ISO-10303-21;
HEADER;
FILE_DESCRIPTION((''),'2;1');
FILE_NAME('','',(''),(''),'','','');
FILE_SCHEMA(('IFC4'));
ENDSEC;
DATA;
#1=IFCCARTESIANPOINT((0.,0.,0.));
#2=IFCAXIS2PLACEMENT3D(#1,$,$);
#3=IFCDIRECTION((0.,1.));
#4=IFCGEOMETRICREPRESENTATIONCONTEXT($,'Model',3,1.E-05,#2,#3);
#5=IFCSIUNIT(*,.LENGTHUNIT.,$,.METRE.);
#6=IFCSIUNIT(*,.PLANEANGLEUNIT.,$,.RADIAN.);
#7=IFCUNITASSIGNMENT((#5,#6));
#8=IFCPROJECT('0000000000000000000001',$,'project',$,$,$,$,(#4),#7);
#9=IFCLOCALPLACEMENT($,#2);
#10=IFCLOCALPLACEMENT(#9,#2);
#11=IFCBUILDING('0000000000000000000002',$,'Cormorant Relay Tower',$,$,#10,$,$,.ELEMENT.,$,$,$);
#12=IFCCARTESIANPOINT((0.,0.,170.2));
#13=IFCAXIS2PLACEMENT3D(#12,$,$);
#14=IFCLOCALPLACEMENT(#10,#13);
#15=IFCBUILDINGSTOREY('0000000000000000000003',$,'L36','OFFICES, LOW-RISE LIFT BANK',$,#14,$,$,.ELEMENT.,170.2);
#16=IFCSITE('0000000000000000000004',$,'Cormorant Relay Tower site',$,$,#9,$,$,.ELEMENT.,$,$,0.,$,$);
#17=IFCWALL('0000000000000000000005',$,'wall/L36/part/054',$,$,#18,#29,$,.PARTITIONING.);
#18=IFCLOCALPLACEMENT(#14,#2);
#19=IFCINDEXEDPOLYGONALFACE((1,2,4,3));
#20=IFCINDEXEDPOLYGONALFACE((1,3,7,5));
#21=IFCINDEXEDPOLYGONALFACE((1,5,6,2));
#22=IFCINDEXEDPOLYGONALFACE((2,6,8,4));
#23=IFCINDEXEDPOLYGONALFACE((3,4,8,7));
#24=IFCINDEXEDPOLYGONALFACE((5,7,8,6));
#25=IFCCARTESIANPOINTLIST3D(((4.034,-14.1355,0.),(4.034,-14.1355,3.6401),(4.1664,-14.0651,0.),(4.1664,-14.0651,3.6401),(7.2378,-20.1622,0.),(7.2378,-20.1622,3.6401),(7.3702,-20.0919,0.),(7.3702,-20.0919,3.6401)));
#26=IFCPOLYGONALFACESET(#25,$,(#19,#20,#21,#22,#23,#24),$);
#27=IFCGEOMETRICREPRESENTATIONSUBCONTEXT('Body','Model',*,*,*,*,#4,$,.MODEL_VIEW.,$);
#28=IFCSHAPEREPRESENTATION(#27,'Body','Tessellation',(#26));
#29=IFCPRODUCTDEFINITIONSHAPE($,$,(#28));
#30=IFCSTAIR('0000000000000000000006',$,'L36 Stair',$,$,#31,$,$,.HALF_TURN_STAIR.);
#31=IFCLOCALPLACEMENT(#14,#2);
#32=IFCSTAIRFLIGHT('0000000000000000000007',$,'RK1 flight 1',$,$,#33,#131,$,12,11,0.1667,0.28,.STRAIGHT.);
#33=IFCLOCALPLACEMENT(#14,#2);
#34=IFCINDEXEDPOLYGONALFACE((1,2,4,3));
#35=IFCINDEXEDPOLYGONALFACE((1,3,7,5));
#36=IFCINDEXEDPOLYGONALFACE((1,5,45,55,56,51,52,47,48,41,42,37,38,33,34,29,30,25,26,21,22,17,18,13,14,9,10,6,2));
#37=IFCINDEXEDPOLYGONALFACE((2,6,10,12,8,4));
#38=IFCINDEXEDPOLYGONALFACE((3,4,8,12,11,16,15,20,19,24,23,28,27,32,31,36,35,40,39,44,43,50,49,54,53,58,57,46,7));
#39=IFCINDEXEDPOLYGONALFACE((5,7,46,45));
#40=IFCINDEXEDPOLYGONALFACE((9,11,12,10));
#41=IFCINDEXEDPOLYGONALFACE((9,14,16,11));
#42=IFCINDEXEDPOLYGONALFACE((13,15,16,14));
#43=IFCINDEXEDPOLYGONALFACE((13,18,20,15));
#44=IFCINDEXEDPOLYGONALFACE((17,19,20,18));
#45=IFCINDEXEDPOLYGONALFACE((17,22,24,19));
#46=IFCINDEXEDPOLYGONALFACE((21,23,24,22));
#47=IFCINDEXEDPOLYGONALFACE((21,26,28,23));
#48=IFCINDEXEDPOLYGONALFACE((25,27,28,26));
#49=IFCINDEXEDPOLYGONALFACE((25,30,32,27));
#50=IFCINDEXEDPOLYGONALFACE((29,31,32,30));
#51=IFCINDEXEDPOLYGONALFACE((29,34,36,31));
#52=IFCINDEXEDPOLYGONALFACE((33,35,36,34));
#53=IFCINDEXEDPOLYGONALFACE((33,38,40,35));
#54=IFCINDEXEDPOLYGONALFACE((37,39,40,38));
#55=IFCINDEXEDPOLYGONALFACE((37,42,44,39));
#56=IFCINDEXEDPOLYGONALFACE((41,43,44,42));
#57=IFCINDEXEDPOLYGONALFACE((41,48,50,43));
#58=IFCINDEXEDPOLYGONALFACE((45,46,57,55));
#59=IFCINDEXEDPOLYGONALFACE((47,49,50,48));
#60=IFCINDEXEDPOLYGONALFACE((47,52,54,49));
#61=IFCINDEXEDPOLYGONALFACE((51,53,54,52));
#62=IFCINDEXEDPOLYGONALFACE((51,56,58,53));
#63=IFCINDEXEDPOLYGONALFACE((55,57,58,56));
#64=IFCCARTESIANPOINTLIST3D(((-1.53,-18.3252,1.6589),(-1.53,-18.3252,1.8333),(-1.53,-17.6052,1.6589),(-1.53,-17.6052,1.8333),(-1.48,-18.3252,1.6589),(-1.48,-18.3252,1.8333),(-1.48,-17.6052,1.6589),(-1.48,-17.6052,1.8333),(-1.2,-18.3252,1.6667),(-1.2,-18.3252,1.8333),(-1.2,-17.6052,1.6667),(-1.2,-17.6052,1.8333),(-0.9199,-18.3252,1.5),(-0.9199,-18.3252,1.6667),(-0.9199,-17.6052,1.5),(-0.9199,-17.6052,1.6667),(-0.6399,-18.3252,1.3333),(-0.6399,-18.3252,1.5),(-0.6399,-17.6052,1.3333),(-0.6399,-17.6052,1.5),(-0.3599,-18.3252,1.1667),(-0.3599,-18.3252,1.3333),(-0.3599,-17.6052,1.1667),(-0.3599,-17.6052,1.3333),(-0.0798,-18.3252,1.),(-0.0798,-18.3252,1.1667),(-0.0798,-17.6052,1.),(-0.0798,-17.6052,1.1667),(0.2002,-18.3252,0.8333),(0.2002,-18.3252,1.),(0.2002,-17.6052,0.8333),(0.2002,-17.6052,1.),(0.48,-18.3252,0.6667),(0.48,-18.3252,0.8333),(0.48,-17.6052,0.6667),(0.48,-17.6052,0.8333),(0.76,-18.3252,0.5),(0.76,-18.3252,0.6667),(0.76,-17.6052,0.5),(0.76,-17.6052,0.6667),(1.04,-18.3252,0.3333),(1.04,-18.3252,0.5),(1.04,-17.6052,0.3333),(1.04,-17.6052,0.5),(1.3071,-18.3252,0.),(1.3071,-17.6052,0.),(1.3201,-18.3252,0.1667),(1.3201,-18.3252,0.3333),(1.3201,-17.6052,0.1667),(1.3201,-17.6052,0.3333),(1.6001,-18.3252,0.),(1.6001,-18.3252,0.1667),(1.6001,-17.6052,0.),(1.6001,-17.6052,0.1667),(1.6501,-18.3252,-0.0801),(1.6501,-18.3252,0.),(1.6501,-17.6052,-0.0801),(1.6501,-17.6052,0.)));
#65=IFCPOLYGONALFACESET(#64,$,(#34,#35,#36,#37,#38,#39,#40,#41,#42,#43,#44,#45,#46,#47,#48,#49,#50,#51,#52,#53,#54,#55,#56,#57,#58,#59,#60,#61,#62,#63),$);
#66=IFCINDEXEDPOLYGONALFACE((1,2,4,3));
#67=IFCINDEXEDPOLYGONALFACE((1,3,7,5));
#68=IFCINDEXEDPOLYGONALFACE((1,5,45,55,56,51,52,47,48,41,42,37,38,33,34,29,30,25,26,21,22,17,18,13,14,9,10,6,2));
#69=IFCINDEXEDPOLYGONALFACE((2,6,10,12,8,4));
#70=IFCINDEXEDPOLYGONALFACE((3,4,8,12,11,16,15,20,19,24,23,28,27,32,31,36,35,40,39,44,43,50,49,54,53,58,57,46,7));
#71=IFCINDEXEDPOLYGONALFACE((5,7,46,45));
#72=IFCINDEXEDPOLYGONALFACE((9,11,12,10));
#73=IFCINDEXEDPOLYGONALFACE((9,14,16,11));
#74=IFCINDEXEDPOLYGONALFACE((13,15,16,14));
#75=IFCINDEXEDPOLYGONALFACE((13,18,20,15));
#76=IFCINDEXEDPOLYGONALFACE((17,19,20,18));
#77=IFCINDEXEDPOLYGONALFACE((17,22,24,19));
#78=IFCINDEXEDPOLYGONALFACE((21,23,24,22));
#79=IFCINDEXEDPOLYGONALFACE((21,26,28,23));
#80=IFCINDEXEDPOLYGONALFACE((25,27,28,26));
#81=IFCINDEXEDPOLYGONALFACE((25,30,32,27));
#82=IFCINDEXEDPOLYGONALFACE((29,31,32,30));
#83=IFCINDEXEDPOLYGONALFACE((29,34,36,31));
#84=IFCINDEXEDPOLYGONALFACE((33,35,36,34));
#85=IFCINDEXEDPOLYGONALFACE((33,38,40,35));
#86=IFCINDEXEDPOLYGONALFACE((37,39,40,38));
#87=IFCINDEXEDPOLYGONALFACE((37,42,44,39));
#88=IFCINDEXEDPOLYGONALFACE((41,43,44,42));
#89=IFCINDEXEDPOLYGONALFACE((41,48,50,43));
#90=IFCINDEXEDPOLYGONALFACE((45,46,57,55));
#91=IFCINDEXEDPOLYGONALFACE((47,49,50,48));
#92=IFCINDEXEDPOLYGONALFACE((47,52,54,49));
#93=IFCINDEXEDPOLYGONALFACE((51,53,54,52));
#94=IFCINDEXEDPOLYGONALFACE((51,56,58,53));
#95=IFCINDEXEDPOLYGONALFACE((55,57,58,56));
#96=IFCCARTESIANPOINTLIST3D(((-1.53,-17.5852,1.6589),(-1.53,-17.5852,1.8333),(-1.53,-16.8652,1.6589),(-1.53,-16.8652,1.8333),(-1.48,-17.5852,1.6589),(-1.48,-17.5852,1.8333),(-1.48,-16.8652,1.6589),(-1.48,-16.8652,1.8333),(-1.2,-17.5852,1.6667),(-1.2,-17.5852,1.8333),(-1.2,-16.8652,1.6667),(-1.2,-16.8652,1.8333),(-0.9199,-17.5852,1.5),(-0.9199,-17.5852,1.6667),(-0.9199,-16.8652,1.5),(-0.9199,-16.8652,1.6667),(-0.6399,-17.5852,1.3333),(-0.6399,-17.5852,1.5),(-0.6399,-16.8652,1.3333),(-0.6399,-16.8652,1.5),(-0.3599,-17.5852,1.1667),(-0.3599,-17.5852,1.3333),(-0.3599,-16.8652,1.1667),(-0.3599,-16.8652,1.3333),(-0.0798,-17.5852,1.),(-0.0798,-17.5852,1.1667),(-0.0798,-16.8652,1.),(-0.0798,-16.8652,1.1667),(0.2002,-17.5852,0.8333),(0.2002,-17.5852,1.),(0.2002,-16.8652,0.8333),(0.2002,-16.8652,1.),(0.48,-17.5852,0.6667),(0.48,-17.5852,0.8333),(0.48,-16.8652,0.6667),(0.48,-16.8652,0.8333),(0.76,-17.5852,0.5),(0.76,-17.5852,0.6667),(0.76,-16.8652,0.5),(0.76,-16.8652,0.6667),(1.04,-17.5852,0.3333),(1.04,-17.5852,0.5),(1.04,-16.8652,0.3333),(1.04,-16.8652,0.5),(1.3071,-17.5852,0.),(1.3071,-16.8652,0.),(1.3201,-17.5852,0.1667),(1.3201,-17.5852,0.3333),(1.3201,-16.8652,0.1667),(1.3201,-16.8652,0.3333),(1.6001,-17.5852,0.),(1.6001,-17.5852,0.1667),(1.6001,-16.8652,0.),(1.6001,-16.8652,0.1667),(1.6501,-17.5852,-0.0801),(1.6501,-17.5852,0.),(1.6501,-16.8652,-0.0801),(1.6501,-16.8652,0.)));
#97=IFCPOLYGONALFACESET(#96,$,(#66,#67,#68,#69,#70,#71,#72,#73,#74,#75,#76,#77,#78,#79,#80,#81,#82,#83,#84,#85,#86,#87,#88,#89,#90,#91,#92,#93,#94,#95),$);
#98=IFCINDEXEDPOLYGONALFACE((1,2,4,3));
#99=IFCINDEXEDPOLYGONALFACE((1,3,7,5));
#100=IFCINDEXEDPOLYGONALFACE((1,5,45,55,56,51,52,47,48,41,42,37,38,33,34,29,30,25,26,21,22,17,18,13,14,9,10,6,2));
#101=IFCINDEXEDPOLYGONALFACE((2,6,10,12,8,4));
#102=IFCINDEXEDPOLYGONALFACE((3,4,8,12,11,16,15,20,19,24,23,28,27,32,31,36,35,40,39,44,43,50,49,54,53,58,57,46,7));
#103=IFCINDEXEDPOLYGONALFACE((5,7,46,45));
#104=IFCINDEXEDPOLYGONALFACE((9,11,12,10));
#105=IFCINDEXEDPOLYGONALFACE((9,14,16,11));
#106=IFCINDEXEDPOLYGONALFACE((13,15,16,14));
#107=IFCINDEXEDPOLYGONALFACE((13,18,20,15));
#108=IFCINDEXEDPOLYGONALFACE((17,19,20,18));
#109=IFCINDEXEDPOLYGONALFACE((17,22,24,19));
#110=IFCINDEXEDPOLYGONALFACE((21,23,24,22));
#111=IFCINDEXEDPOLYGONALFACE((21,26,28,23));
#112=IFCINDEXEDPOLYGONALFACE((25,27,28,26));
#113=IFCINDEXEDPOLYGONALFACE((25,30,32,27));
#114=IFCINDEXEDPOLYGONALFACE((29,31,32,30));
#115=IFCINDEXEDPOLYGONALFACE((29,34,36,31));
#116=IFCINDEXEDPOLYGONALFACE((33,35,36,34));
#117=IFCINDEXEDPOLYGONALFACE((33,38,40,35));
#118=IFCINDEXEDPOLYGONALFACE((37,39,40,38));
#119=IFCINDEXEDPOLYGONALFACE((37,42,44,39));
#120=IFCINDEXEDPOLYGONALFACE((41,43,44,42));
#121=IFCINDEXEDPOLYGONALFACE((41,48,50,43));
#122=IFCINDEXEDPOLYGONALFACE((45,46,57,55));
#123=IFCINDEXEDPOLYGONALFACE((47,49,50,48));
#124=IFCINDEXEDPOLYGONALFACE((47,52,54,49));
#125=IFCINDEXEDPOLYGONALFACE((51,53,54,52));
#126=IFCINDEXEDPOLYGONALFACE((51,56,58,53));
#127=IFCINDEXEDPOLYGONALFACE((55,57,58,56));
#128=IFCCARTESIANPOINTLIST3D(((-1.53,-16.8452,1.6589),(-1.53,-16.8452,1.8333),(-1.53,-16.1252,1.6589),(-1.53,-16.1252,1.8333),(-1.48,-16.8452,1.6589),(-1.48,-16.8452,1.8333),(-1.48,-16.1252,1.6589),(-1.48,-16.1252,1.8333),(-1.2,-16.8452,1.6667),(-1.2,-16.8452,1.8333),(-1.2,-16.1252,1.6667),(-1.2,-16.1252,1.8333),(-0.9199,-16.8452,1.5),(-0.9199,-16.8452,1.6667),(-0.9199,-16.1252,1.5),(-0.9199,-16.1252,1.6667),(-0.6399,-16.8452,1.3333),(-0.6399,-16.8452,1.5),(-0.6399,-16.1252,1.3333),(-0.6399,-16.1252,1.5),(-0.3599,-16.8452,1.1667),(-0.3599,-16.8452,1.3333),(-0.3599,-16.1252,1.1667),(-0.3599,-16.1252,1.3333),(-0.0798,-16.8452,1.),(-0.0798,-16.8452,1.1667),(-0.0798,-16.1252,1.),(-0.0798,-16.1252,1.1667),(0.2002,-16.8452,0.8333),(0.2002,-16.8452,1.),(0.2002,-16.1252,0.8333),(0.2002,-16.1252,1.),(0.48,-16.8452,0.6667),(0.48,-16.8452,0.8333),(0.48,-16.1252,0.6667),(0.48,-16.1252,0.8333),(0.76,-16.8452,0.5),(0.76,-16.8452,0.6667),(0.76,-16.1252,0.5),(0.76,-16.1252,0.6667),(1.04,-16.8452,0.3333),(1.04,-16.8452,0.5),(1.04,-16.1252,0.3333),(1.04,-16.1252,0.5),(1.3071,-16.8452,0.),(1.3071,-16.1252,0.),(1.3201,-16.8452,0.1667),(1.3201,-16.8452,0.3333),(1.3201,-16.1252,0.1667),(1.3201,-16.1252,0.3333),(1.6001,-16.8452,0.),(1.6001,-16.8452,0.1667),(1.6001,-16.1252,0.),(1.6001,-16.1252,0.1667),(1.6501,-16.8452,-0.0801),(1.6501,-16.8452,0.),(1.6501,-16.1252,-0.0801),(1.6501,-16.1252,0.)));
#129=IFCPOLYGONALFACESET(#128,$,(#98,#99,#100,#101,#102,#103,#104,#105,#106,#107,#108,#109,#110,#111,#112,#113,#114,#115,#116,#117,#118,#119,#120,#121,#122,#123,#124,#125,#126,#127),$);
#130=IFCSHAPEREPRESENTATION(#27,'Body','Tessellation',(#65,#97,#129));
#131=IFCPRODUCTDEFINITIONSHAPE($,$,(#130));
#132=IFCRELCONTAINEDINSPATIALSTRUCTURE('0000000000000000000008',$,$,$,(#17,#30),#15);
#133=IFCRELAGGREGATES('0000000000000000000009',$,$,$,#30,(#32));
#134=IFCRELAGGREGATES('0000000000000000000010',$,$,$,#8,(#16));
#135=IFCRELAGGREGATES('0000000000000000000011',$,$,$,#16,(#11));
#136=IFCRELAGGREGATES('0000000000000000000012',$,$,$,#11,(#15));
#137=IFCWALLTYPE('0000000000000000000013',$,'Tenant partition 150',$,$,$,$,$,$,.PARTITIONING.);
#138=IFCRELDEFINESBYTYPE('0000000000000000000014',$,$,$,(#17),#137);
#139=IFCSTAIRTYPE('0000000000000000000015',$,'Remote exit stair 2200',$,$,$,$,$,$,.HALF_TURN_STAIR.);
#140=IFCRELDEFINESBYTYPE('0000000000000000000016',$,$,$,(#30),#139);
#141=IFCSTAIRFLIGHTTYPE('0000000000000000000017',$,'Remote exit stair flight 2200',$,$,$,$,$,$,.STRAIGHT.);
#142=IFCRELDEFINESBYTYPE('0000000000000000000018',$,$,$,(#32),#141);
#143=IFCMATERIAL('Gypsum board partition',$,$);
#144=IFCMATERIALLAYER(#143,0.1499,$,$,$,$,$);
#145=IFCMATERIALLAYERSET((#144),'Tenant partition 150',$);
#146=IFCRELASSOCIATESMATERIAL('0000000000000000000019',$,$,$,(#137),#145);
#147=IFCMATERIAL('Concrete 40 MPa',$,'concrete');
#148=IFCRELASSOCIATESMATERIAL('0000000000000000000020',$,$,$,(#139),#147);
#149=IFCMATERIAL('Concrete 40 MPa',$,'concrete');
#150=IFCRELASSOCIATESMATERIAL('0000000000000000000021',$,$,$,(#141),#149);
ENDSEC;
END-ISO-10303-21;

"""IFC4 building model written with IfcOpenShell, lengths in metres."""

from ifc_helpers import new_model, si_unit, direction, frame, frame_2d, origin, place, context, subcontext, project, spatial, polyline, rectangle, outline, extrude, material, layer, layer_set, type_object, element, aggregate, save


model = new_model("IFC4")

# Units and contexts
model_context = context("Model", 3, precision=1e-05, world=origin(), true_north=direction((0.0, 1.0)))
body_context = subcontext(model_context, "Body", "Model", "MODEL_VIEW")
ifc_project = project(units=[si_unit("LENGTHUNIT", "METRE"), si_unit("PLANEANGLEUNIT", "RADIAN")], contexts=[model_context])

# Site, building, storey
site_placement = place(None, origin())
site = spatial("IfcSite", under=ifc_project, at=site_placement, Name="Cormorant Relay Tower site", CompositionType="ELEMENT", RefElevation=0.0)
building_placement = place(site_placement, origin())
building = spatial("IfcBuilding", under=site, at=building_placement, Name="Cormorant Relay Tower", CompositionType="ELEMENT")
storey_placement = place(building_placement, frame((0.0, 0.0, 170.2)))
storey = spatial("IfcBuildingStorey", under=building, at=storey_placement, Name="L36", Description="OFFICES, LOW-RISE LIFT BANK", CompositionType="ELEMENT", Elevation=170.2)

# Wall
ifc_material_1 = material(Name="Gypsum board partition")
ifc_layer_1 = layer(ifc_material_1, 0.1499)
ifc_layer_set_1 = layer_set([ifc_layer_1], Name="Tenant partition 150")
wall_type_1 = type_object("IfcWallType", Name="Tenant partition 150", PredefinedType="PARTITIONING", material=ifc_layer_set_1)
wall_1_placement = place(storey_placement, frame((7.304, -20.127, 0.0), z_axis=(0.0, 0.0, 1.0), x_axis=(-0.469394, 0.882989, 0.0)))
element("IfcWall", 1, at=wall_1_placement, inside=storey, type_object=wall_type_1, Name="wall/L36/part/054", PredefinedType="PARTITIONING", context=body_context, shape_type="SweptSolid", body=[
    extrude(rectangle(XDim=6.8254, YDim=0.1499, at=frame_2d((3.4126, 0.0))), origin(), (0.0, 0.0, 1.0), 3.6401),
])

# Stair, stair flight
ifc_material_2 = material(Name="Concrete 40 MPa", Category="concrete")
stair_type = type_object("IfcStairType", Name="Remote exit stair 2200", PredefinedType="HALF_TURN_STAIR", material=ifc_material_2)
stair_placement = place(storey_placement, origin())
stair = element("IfcStair", 2, at=stair_placement, inside=storey, type_object=stair_type, Name="L36 Stair", PredefinedType="HALF_TURN_STAIR")
ifc_material_3 = material(Name="Concrete 40 MPa", Category="concrete")
stair_flight_type = type_object("IfcStairFlightType", Name="Remote exit stair flight 2200", PredefinedType="STRAIGHT", material=ifc_material_3)
stair_flight_1_placement = place(storey_placement, frame((1.6001, -17.2251, 0.0), z_axis=(0.0, 0.0, 1.0), x_axis=(-1.0, 0.0, 0.0)))
stair_flight_1 = element("IfcStairFlight", 3, at=stair_flight_1_placement, type_object=stair_flight_type, Name="RK1 flight 1", NumberOfRisers=12, NumberOfTreads=11, PredefinedType="STRAIGHT", RiserHeight=0.1667, TreadLength=0.28, context=body_context, shape_type="SweptSolid", body=[
    extrude(outline(polyline([(-0.05, -0.0801), (-0.05, 0.0), (0.0, 0.0), (0.0, 0.1667), (0.28, 0.1667), (0.28, 0.3333), (0.5601, 0.3333), (0.5601, 0.5), (0.8401, 0.5), (0.8401, 0.6667), (1.1201, 0.6667), (1.1201, 0.8333), (1.3999, 0.8333), (1.3999, 1.0), (1.6799, 1.0), (1.6799, 1.1667), (1.96, 1.1667), (1.96, 1.3333), (2.24, 1.3333), (2.24, 1.5), (2.52, 1.5), (2.52, 1.6667), (2.8, 1.6667), (2.8, 1.8333), (3.0801, 1.8333), (3.1301, 1.8333), (3.1301, 1.6589), (3.0801, 1.6589), (0.293, 0.0), (-0.05, -0.0801)])), frame((0.0, 1.1001, 0.0), z_axis=(0.0, -1.0, 0.0), x_axis=(1.0, 0.0, 0.0)), (0.0, 0.0, 1.0), 0.72),
    extrude(outline(polyline([(-0.05, -0.0801), (-0.05, 0.0), (0.0, 0.0), (0.0, 0.1667), (0.28, 0.1667), (0.28, 0.3333), (0.5601, 0.3333), (0.5601, 0.5), (0.8401, 0.5), (0.8401, 0.6667), (1.1201, 0.6667), (1.1201, 0.8333), (1.3999, 0.8333), (1.3999, 1.0), (1.6799, 1.0), (1.6799, 1.1667), (1.96, 1.1667), (1.96, 1.3333), (2.24, 1.3333), (2.24, 1.5), (2.52, 1.5), (2.52, 1.6667), (2.8, 1.6667), (2.8, 1.8333), (3.0801, 1.8333), (3.1301, 1.8333), (3.1301, 1.6589), (3.0801, 1.6589), (0.293, 0.0), (-0.05, -0.0801)])), frame((0.0, 0.3601, 0.0), z_axis=(0.0, -1.0, 0.0), x_axis=(1.0, 0.0, 0.0)), (0.0, 0.0, 1.0), 0.72),
    extrude(outline(polyline([(-0.05, -0.0801), (-0.05, 0.0), (0.0, 0.0), (0.0, 0.1667), (0.28, 0.1667), (0.28, 0.3333), (0.5601, 0.3333), (0.5601, 0.5), (0.8401, 0.5), (0.8401, 0.6667), (1.1201, 0.6667), (1.1201, 0.8333), (1.3999, 0.8333), (1.3999, 1.0), (1.6799, 1.0), (1.6799, 1.1667), (1.96, 1.1667), (1.96, 1.3333), (2.24, 1.3333), (2.24, 1.5), (2.52, 1.5), (2.52, 1.6667), (2.8, 1.6667), (2.8, 1.8333), (3.0801, 1.8333), (3.1301, 1.8333), (3.1301, 1.6589), (3.0801, 1.6589), (0.293, 0.0), (-0.05, -0.0801)])), frame((0.0, -0.3799, 0.0), z_axis=(0.0, -1.0, 0.0), x_axis=(1.0, 0.0, 0.0)), (0.0, 0.0, 1.0), 0.72),
])
aggregate(stair, [stair_flight_1])

save(model, "model.ifc")
